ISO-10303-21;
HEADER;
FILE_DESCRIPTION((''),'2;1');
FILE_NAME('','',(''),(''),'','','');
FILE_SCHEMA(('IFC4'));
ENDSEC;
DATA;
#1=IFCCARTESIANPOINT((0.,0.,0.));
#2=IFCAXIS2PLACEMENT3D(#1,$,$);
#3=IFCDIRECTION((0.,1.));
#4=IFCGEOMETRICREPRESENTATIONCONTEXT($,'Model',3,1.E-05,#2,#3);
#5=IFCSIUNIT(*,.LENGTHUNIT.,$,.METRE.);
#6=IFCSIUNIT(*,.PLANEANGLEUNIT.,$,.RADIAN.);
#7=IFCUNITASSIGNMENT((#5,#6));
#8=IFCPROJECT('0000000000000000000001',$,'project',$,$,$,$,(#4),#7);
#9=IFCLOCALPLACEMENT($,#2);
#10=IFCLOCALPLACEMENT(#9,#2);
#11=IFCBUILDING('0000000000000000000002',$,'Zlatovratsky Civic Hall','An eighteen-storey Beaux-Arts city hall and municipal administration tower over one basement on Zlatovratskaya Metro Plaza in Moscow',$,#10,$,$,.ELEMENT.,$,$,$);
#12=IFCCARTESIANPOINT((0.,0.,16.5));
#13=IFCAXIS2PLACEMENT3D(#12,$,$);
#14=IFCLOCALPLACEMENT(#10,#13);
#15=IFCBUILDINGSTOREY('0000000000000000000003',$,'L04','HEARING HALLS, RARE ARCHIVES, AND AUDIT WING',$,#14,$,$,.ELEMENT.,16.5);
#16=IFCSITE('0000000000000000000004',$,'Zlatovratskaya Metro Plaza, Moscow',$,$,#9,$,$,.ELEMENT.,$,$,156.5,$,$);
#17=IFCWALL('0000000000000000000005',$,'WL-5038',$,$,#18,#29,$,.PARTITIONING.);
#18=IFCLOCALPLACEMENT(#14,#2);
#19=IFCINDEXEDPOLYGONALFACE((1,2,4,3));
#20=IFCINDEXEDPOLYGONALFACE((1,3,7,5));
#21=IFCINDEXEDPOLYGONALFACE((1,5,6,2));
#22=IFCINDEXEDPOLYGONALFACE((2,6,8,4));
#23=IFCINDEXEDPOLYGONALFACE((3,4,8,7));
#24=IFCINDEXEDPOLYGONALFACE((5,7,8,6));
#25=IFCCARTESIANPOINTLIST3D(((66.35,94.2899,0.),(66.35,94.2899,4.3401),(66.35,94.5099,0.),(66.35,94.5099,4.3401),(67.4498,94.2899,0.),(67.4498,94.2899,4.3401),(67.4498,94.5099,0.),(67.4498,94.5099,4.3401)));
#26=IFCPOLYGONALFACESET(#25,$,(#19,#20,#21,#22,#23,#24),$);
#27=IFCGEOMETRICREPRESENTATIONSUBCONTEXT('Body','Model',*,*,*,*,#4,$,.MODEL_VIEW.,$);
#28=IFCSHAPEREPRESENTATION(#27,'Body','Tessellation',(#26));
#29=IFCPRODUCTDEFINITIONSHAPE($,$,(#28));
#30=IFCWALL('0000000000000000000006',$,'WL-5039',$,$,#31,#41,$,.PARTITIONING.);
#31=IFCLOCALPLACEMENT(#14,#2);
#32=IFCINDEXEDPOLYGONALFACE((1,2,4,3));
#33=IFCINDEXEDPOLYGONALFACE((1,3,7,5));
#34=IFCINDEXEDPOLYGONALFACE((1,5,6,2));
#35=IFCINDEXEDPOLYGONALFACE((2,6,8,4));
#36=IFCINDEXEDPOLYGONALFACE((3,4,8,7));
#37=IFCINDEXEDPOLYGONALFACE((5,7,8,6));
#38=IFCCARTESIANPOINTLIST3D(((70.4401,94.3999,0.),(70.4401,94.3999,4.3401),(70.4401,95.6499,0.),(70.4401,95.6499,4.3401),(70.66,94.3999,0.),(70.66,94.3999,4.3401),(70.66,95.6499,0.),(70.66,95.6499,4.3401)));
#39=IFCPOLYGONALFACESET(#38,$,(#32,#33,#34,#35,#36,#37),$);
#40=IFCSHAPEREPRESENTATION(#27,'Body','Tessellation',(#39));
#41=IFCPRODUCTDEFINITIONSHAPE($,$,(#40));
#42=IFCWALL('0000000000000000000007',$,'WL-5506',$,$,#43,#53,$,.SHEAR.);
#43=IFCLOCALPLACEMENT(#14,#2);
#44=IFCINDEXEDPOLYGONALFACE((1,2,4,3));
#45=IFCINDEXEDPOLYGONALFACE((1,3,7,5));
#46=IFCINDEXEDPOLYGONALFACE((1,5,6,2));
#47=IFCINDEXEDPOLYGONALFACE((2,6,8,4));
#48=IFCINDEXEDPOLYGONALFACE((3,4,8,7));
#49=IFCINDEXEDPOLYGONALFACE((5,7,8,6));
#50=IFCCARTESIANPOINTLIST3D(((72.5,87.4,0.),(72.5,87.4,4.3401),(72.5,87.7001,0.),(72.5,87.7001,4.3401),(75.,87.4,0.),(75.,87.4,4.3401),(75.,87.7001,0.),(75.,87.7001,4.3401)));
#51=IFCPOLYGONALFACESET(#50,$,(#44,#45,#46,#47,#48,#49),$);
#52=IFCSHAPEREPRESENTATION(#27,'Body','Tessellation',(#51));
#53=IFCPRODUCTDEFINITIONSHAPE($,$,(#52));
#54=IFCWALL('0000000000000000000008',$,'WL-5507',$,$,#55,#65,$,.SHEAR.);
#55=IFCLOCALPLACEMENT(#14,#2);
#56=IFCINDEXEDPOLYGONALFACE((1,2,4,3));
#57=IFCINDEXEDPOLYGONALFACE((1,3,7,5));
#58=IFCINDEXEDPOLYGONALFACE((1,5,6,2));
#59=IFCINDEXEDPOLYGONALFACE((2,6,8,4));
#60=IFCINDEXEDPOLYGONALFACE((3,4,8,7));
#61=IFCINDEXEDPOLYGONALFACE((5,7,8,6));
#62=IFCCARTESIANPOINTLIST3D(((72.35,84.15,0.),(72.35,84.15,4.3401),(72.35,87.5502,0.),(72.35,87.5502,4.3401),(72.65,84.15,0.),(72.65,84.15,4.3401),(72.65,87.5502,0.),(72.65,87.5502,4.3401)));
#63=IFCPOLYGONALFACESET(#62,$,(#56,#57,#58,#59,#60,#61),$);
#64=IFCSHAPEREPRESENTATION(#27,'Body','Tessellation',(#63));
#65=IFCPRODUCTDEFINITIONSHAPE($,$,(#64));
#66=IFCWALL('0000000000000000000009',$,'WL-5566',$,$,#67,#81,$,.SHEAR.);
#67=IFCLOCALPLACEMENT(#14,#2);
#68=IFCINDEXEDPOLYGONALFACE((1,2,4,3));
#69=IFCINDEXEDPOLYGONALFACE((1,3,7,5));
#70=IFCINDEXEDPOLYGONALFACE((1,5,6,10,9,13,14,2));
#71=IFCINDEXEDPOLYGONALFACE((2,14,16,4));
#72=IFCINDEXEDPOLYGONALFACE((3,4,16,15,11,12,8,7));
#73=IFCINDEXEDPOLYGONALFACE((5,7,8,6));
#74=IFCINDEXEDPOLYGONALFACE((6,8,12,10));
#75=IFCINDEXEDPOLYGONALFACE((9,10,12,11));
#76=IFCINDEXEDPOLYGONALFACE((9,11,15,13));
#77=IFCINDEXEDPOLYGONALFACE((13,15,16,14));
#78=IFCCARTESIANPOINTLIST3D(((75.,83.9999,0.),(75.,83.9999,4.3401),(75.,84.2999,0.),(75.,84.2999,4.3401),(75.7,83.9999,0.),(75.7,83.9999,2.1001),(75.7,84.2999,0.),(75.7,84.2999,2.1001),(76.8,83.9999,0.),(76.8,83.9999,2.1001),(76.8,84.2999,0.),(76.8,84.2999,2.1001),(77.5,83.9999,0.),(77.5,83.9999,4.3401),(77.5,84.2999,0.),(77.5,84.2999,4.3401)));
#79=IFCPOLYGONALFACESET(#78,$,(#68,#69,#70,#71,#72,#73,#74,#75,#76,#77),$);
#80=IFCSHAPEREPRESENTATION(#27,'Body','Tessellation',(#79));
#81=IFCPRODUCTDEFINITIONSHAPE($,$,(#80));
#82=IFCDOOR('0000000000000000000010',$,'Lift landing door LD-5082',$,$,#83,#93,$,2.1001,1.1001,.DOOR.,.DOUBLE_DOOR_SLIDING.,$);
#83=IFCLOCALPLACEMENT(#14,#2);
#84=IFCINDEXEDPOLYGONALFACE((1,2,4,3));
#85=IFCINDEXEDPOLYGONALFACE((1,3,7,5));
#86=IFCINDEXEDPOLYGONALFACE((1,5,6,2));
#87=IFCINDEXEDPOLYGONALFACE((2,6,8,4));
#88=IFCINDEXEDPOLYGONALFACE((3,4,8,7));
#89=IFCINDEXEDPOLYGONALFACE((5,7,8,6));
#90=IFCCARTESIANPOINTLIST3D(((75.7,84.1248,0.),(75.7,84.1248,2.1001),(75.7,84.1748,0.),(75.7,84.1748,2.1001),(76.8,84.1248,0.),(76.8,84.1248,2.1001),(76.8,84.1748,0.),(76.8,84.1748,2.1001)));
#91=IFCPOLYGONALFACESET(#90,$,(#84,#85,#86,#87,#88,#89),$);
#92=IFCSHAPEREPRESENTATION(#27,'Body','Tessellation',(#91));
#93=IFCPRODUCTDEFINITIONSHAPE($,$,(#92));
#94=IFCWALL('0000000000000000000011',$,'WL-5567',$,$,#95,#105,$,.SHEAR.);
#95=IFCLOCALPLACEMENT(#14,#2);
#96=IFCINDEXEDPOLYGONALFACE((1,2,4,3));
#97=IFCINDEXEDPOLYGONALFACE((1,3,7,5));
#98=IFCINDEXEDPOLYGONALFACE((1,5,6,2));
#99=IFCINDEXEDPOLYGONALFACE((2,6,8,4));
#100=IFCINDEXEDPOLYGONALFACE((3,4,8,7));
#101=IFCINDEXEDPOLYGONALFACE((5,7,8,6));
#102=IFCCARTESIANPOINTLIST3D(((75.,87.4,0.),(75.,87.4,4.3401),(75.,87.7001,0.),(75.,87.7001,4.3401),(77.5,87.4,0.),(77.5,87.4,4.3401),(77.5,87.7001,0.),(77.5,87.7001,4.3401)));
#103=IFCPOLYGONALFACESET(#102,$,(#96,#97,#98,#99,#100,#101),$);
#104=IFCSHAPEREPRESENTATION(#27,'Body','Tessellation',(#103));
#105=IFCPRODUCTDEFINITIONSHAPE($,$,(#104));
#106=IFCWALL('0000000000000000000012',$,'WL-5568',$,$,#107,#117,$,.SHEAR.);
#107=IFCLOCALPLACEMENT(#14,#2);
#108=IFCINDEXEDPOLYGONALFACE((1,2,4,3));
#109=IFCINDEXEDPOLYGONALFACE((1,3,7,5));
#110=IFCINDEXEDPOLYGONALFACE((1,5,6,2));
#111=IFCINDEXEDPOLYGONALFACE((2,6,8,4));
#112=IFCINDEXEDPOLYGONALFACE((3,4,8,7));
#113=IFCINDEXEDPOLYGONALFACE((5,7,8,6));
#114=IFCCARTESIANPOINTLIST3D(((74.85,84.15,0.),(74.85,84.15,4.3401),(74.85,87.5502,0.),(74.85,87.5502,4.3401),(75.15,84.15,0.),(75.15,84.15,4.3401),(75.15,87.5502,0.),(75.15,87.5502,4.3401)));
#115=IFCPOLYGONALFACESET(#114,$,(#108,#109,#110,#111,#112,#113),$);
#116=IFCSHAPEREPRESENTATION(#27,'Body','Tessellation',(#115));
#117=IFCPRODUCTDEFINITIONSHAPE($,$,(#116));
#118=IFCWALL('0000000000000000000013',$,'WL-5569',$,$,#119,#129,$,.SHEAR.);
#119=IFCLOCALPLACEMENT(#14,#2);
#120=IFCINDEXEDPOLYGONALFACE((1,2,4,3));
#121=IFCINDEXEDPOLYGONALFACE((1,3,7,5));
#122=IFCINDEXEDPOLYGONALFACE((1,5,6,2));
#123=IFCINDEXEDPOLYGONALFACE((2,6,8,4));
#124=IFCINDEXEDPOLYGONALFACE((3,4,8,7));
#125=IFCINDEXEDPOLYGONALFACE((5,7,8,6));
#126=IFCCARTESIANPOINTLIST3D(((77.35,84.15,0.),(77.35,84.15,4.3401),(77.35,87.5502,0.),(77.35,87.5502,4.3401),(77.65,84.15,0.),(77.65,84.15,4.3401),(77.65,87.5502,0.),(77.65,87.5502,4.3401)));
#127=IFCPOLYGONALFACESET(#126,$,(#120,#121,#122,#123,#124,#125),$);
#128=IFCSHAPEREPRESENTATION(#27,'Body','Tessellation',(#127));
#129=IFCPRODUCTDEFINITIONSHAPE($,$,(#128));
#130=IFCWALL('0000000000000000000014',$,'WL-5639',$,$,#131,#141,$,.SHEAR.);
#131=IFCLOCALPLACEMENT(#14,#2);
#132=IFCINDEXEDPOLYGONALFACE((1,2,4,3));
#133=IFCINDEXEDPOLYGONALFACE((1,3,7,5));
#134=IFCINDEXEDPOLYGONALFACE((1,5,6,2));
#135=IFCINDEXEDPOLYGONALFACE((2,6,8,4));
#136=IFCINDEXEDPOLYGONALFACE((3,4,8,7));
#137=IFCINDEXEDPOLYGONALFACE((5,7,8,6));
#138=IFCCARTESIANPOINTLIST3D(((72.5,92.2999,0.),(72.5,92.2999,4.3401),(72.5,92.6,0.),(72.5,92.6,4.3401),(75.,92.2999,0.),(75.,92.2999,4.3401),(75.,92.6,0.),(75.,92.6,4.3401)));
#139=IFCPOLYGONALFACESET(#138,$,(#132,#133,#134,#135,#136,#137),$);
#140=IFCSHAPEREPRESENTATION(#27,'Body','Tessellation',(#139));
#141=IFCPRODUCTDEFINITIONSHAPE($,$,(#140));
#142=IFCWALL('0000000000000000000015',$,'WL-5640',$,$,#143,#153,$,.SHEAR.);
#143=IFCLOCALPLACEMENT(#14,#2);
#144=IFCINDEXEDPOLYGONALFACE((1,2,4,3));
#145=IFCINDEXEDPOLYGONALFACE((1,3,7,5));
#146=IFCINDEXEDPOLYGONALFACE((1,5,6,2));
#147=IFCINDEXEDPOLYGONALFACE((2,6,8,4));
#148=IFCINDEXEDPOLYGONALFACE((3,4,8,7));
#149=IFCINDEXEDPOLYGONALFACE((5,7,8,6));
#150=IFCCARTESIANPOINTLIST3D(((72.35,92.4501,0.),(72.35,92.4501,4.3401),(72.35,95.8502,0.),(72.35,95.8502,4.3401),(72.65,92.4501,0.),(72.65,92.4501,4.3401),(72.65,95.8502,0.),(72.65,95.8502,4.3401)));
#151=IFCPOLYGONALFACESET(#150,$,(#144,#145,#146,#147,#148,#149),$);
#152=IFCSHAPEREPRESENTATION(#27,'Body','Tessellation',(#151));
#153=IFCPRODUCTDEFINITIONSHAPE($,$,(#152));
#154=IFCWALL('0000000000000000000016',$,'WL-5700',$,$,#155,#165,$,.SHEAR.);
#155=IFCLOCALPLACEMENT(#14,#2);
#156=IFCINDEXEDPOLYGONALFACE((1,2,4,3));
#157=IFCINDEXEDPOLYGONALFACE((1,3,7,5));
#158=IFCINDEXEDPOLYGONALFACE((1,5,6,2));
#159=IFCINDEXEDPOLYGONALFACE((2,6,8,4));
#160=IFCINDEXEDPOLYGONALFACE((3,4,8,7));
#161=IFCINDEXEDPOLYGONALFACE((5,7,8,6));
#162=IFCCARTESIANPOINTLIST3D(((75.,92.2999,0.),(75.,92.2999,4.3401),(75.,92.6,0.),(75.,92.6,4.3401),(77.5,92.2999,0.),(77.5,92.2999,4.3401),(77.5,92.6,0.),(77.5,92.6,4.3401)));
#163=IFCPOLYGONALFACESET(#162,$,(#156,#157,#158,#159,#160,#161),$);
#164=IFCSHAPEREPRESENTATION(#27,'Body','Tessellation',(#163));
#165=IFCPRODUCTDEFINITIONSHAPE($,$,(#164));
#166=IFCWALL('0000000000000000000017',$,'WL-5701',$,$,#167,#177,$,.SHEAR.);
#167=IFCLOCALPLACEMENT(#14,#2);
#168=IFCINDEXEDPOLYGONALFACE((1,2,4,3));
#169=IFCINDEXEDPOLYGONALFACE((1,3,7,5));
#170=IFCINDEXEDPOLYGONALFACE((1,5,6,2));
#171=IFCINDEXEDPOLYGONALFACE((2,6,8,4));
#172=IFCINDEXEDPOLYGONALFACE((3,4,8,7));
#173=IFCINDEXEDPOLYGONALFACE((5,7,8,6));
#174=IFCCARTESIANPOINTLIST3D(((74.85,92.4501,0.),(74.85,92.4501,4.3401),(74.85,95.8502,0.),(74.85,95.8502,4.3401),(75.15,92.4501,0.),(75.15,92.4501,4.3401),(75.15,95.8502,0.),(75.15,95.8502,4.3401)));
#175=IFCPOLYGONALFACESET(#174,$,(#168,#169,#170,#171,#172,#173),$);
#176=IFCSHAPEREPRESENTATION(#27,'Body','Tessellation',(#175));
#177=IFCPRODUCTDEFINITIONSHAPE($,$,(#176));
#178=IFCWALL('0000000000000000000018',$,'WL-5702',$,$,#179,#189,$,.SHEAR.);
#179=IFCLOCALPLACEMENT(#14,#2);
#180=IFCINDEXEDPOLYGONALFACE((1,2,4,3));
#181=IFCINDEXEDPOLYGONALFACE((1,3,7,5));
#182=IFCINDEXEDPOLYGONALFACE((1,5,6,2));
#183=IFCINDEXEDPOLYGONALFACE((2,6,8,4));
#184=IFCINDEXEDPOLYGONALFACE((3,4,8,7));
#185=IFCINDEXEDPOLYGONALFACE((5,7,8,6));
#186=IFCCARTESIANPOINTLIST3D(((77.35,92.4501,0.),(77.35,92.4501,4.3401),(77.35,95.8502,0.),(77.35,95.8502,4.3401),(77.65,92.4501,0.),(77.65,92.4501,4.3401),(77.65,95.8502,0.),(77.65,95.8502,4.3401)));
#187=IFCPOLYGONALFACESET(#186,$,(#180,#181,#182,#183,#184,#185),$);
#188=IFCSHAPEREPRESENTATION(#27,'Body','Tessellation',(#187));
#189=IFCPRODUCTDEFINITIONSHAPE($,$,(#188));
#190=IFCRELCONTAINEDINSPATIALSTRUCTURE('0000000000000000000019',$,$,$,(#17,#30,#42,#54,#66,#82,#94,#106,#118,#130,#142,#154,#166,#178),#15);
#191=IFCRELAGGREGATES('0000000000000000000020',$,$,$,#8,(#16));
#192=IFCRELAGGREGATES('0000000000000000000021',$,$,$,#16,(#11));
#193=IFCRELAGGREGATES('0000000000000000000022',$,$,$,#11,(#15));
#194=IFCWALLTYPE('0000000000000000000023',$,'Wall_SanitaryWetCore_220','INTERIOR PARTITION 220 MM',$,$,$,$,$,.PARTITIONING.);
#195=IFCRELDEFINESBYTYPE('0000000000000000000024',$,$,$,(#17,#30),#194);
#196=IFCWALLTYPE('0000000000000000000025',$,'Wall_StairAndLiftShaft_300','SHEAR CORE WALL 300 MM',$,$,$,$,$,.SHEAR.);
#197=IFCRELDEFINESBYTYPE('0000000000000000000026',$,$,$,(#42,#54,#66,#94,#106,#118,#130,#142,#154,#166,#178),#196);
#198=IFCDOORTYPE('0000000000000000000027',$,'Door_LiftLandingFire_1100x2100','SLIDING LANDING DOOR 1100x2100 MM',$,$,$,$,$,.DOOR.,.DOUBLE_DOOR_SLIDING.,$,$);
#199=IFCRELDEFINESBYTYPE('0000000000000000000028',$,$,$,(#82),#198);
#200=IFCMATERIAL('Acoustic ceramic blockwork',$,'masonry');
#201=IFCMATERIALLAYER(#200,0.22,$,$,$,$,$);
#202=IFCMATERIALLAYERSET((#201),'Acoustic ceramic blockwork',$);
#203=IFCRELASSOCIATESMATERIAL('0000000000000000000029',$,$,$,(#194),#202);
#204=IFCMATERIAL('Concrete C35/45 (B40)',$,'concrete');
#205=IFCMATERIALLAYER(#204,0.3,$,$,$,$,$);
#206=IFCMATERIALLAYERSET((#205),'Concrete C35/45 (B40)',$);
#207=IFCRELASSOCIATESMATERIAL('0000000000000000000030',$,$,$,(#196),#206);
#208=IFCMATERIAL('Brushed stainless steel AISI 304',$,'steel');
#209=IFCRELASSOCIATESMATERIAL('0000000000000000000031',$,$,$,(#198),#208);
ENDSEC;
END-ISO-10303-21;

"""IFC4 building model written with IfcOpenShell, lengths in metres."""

from ifc_helpers import new_model, si_unit, direction, frame, frame_2d, origin, place, context, subcontext, project, spatial, rectangle, extrude, material, layer, layer_set, type_object, element, fill, save


model = new_model("IFC4")

# Units and contexts
model_context = context("Model", 3, precision=1e-05, world=origin(), true_north=direction((0.0, 1.0)))
body_context = subcontext(model_context, "Body", "Model", "MODEL_VIEW")
ifc_project = project(units=[si_unit("LENGTHUNIT", "METRE"), si_unit("PLANEANGLEUNIT", "RADIAN")], contexts=[model_context])

# Site, building, storey
site_placement = place(None, origin())
site = spatial("IfcSite", under=ifc_project, at=site_placement, Name="Zlatovratskaya Metro Plaza, Moscow", CompositionType="ELEMENT", RefElevation=156.5)
building_placement = place(site_placement, origin())
building = spatial("IfcBuilding", under=site, at=building_placement, Name="Zlatovratsky Civic Hall", Description="An eighteen-storey Beaux-Arts city hall and municipal administration tower over one basement on Zlatovratskaya Metro Plaza in Moscow", CompositionType="ELEMENT")
storey_placement = place(building_placement, frame((0.0, 0.0, 16.5)))
storey = spatial("IfcBuildingStorey", under=building, at=storey_placement, Name="L04", Description="HEARING HALLS, RARE ARCHIVES, AND AUDIT WING", CompositionType="ELEMENT", Elevation=16.5)

# Shared definitions
ifc_material_1 = material(Name="Concrete C35/45 (B40)", Category="concrete")

# Walls
ifc_material_2 = material(Name="Acoustic ceramic blockwork", Category="masonry")
ifc_layer_1 = layer(ifc_material_2, 0.22)
ifc_layer_set_1 = layer_set([ifc_layer_1], Name="Acoustic ceramic blockwork")
wall_type_1 = type_object("IfcWallType", Name="Wall_SanitaryWetCore_220", Description="INTERIOR PARTITION 220 MM", PredefinedType="PARTITIONING", material=ifc_layer_set_1)
wall_1_placement = place(storey_placement, frame((66.3501, 94.3999, 0.0), z_axis=(0.0, 0.0, 1.0), x_axis=(1.0, 0.0, 0.0)))
element("IfcWall", 1, at=wall_1_placement, inside=storey, type_object=wall_type_1, Name="WL-5038", PredefinedType="PARTITIONING", context=body_context, shape_type="SweptSolid", body=[
    extrude(rectangle(XDim=1.0999, YDim=0.22, at=frame_2d((0.5498, 0.0))), origin(), (0.0, 0.0, 1.0), 4.3401),
])
wall_2_placement = place(storey_placement, frame((70.55, 94.3999, 0.0), z_axis=(0.0, 0.0, 1.0), x_axis=(0.0, 1.0, 0.0)))
element("IfcWall", 2, at=wall_2_placement, inside=storey, type_object=wall_type_1, Name="WL-5039", PredefinedType="PARTITIONING", context=body_context, shape_type="SweptSolid", body=[
    extrude(rectangle(XDim=1.25, YDim=0.22, at=frame_2d((0.625, 0.0))), origin(), (0.0, 0.0, 1.0), 4.3401),
])
ifc_layer_2 = layer(ifc_material_1, 0.3)
ifc_layer_set_2 = layer_set([ifc_layer_2], Name="Concrete C35/45 (B40)")
wall_type_2 = type_object("IfcWallType", Name="Wall_StairAndLiftShaft_300", Description="SHEAR CORE WALL 300 MM", PredefinedType="SHEAR", material=ifc_layer_set_2)
wall_3_placement = place(storey_placement, frame((72.5, 87.55, 0.0), z_axis=(0.0, 0.0, 1.0), x_axis=(1.0, 0.0, 0.0)))
element("IfcWall", 3, at=wall_3_placement, inside=storey, type_object=wall_type_2, Name="WL-5506", PredefinedType="SHEAR", context=body_context, shape_type="SweptSolid", body=[
    extrude(rectangle(XDim=2.5, YDim=0.3, at=frame_2d((1.25, 0.0))), origin(), (0.0, 0.0, 1.0), 4.3401),
])
wall_4_placement = place(storey_placement, frame((72.5, 84.1499, 0.0), z_axis=(0.0, 0.0, 1.0), x_axis=(0.0, 1.0, 0.0)))
element("IfcWall", 4, at=wall_4_placement, inside=storey, type_object=wall_type_2, Name="WL-5507", PredefinedType="SHEAR", context=body_context, shape_type="SweptSolid", body=[
    extrude(rectangle(XDim=3.4001, YDim=0.3, at=frame_2d((1.7002, 0.0))), origin(), (0.0, 0.0, 1.0), 4.3401),
])

# Wall, opening, door
wall_5_placement = place(storey_placement, frame((75.0, 84.1499, 0.0), z_axis=(0.0, 0.0, 1.0), x_axis=(1.0, 0.0, 0.0)))
wall_5 = element("IfcWall", 5, at=wall_5_placement, inside=storey, type_object=wall_type_2, Name="WL-5566", PredefinedType="SHEAR", context=body_context, shape_type="SweptSolid", body=[
    extrude(rectangle(XDim=2.5, YDim=0.3, at=frame_2d((1.25, 0.0))), origin(), (0.0, 0.0, 1.0), 4.3401),
])
opening_placement = place(wall_5_placement, frame((0.7, 0.0, 0.0)))
opening = element("IfcOpeningElement", 6, at=opening_placement, cuts=wall_5, PredefinedType="OPENING", context=body_context, shape_type="SweptSolid", body=[
    extrude(rectangle(XDim=1.1001, YDim=2.1001, at=frame_2d((0.55, 1.05))), frame((0.0, 0.165, 0.0), z_axis=(0.0, -1.0, 0.0), x_axis=(1.0, 0.0, 0.0)), (0.0, 0.0, 1.0), 0.3298),
])
ifc_material_3 = material(Name="Brushed stainless steel AISI 304", Category="steel")
door_type = type_object("IfcDoorType", Name="Door_LiftLandingFire_1100x2100", Description="SLIDING LANDING DOOR 1100x2100 MM", OperationType="DOUBLE_DOOR_SLIDING", PredefinedType="DOOR", material=ifc_material_3)
door_placement = place(opening_placement, origin())
door = element("IfcDoor", 7, at=door_placement, inside=storey, type_object=door_type, Name="Lift landing door LD-5082", OperationType="DOUBLE_DOOR_SLIDING", OverallHeight=2.1001, OverallWidth=1.1001, PredefinedType="DOOR", context=body_context, shape_type="SweptSolid", body=[
    extrude(rectangle(XDim=1.1001, YDim=2.1001, at=frame_2d((0.55, 1.05))), frame((0.0, 0.0249, 0.0), z_axis=(0.0, -1.0, 0.0), x_axis=(1.0, 0.0, 0.0)), (0.0, 0.0, 1.0), 0.05),
])
fill(opening, door)

# Walls
wall_6_placement = place(storey_placement, frame((75.0, 87.55, 0.0), z_axis=(0.0, 0.0, 1.0), x_axis=(1.0, 0.0, 0.0)))
element("IfcWall", 8, at=wall_6_placement, inside=storey, type_object=wall_type_2, Name="WL-5567", PredefinedType="SHEAR", context=body_context, shape_type="SweptSolid", body=[
    extrude(rectangle(XDim=2.5, YDim=0.3, at=frame_2d((1.25, 0.0))), origin(), (0.0, 0.0, 1.0), 4.3401),
])
for number, where, z_axis, x_axis, name in (
    (9, (75.0, 84.1499, 0.0), (0.0, 0.0, 1.0), (0.0, 1.0, 0.0), "WL-5568"),
    (10, (77.5, 84.1499, 0.0), (0.0, 0.0, 1.0), (0.0, 1.0, 0.0), "WL-5569"),
):
    element("IfcWall", number, at=place(storey_placement, frame(where, z_axis=z_axis, x_axis=x_axis)), inside=storey, type_object=wall_type_2, Name=name, PredefinedType="SHEAR", context=body_context, shape_type="SweptSolid", body=[
        extrude(rectangle(XDim=3.4001, YDim=0.3, at=frame_2d((1.7002, 0.0))), origin(), (0.0, 0.0, 1.0), 4.3401),
    ])
wall_7_placement = place(storey_placement, frame((72.5, 92.45, 0.0), z_axis=(0.0, 0.0, 1.0), x_axis=(1.0, 0.0, 0.0)))
element("IfcWall", 11, at=wall_7_placement, inside=storey, type_object=wall_type_2, Name="WL-5639", PredefinedType="SHEAR", context=body_context, shape_type="SweptSolid", body=[
    extrude(rectangle(XDim=2.5, YDim=0.3, at=frame_2d((1.25, 0.0))), origin(), (0.0, 0.0, 1.0), 4.3401),
])
wall_8_placement = place(storey_placement, frame((72.5, 92.45, 0.0), z_axis=(0.0, 0.0, 1.0), x_axis=(0.0, 1.0, 0.0)))
element("IfcWall", 12, at=wall_8_placement, inside=storey, type_object=wall_type_2, Name="WL-5640", PredefinedType="SHEAR", context=body_context, shape_type="SweptSolid", body=[
    extrude(rectangle(XDim=3.4001, YDim=0.3, at=frame_2d((1.7002, 0.0))), origin(), (0.0, 0.0, 1.0), 4.3401),
])
wall_9_placement = place(storey_placement, frame((75.0, 92.45, 0.0), z_axis=(0.0, 0.0, 1.0), x_axis=(1.0, 0.0, 0.0)))
element("IfcWall", 13, at=wall_9_placement, inside=storey, type_object=wall_type_2, Name="WL-5700", PredefinedType="SHEAR", context=body_context, shape_type="SweptSolid", body=[
    extrude(rectangle(XDim=2.5, YDim=0.3, at=frame_2d((1.25, 0.0))), origin(), (0.0, 0.0, 1.0), 4.3401),
])
for number, where, z_axis, x_axis, name in (
    (14, (75.0, 92.45, 0.0), (0.0, 0.0, 1.0), (0.0, 1.0, 0.0), "WL-5701"),
    (15, (77.5, 92.45, 0.0), (0.0, 0.0, 1.0), (0.0, 1.0, 0.0), "WL-5702"),
):
    element("IfcWall", number, at=place(storey_placement, frame(where, z_axis=z_axis, x_axis=x_axis)), inside=storey, type_object=wall_type_2, Name=name, PredefinedType="SHEAR", context=body_context, shape_type="SweptSolid", body=[
        extrude(rectangle(XDim=3.4001, YDim=0.3, at=frame_2d((1.7002, 0.0))), origin(), (0.0, 0.0, 1.0), 4.3401),
    ])

save(model, "model.ifc")
